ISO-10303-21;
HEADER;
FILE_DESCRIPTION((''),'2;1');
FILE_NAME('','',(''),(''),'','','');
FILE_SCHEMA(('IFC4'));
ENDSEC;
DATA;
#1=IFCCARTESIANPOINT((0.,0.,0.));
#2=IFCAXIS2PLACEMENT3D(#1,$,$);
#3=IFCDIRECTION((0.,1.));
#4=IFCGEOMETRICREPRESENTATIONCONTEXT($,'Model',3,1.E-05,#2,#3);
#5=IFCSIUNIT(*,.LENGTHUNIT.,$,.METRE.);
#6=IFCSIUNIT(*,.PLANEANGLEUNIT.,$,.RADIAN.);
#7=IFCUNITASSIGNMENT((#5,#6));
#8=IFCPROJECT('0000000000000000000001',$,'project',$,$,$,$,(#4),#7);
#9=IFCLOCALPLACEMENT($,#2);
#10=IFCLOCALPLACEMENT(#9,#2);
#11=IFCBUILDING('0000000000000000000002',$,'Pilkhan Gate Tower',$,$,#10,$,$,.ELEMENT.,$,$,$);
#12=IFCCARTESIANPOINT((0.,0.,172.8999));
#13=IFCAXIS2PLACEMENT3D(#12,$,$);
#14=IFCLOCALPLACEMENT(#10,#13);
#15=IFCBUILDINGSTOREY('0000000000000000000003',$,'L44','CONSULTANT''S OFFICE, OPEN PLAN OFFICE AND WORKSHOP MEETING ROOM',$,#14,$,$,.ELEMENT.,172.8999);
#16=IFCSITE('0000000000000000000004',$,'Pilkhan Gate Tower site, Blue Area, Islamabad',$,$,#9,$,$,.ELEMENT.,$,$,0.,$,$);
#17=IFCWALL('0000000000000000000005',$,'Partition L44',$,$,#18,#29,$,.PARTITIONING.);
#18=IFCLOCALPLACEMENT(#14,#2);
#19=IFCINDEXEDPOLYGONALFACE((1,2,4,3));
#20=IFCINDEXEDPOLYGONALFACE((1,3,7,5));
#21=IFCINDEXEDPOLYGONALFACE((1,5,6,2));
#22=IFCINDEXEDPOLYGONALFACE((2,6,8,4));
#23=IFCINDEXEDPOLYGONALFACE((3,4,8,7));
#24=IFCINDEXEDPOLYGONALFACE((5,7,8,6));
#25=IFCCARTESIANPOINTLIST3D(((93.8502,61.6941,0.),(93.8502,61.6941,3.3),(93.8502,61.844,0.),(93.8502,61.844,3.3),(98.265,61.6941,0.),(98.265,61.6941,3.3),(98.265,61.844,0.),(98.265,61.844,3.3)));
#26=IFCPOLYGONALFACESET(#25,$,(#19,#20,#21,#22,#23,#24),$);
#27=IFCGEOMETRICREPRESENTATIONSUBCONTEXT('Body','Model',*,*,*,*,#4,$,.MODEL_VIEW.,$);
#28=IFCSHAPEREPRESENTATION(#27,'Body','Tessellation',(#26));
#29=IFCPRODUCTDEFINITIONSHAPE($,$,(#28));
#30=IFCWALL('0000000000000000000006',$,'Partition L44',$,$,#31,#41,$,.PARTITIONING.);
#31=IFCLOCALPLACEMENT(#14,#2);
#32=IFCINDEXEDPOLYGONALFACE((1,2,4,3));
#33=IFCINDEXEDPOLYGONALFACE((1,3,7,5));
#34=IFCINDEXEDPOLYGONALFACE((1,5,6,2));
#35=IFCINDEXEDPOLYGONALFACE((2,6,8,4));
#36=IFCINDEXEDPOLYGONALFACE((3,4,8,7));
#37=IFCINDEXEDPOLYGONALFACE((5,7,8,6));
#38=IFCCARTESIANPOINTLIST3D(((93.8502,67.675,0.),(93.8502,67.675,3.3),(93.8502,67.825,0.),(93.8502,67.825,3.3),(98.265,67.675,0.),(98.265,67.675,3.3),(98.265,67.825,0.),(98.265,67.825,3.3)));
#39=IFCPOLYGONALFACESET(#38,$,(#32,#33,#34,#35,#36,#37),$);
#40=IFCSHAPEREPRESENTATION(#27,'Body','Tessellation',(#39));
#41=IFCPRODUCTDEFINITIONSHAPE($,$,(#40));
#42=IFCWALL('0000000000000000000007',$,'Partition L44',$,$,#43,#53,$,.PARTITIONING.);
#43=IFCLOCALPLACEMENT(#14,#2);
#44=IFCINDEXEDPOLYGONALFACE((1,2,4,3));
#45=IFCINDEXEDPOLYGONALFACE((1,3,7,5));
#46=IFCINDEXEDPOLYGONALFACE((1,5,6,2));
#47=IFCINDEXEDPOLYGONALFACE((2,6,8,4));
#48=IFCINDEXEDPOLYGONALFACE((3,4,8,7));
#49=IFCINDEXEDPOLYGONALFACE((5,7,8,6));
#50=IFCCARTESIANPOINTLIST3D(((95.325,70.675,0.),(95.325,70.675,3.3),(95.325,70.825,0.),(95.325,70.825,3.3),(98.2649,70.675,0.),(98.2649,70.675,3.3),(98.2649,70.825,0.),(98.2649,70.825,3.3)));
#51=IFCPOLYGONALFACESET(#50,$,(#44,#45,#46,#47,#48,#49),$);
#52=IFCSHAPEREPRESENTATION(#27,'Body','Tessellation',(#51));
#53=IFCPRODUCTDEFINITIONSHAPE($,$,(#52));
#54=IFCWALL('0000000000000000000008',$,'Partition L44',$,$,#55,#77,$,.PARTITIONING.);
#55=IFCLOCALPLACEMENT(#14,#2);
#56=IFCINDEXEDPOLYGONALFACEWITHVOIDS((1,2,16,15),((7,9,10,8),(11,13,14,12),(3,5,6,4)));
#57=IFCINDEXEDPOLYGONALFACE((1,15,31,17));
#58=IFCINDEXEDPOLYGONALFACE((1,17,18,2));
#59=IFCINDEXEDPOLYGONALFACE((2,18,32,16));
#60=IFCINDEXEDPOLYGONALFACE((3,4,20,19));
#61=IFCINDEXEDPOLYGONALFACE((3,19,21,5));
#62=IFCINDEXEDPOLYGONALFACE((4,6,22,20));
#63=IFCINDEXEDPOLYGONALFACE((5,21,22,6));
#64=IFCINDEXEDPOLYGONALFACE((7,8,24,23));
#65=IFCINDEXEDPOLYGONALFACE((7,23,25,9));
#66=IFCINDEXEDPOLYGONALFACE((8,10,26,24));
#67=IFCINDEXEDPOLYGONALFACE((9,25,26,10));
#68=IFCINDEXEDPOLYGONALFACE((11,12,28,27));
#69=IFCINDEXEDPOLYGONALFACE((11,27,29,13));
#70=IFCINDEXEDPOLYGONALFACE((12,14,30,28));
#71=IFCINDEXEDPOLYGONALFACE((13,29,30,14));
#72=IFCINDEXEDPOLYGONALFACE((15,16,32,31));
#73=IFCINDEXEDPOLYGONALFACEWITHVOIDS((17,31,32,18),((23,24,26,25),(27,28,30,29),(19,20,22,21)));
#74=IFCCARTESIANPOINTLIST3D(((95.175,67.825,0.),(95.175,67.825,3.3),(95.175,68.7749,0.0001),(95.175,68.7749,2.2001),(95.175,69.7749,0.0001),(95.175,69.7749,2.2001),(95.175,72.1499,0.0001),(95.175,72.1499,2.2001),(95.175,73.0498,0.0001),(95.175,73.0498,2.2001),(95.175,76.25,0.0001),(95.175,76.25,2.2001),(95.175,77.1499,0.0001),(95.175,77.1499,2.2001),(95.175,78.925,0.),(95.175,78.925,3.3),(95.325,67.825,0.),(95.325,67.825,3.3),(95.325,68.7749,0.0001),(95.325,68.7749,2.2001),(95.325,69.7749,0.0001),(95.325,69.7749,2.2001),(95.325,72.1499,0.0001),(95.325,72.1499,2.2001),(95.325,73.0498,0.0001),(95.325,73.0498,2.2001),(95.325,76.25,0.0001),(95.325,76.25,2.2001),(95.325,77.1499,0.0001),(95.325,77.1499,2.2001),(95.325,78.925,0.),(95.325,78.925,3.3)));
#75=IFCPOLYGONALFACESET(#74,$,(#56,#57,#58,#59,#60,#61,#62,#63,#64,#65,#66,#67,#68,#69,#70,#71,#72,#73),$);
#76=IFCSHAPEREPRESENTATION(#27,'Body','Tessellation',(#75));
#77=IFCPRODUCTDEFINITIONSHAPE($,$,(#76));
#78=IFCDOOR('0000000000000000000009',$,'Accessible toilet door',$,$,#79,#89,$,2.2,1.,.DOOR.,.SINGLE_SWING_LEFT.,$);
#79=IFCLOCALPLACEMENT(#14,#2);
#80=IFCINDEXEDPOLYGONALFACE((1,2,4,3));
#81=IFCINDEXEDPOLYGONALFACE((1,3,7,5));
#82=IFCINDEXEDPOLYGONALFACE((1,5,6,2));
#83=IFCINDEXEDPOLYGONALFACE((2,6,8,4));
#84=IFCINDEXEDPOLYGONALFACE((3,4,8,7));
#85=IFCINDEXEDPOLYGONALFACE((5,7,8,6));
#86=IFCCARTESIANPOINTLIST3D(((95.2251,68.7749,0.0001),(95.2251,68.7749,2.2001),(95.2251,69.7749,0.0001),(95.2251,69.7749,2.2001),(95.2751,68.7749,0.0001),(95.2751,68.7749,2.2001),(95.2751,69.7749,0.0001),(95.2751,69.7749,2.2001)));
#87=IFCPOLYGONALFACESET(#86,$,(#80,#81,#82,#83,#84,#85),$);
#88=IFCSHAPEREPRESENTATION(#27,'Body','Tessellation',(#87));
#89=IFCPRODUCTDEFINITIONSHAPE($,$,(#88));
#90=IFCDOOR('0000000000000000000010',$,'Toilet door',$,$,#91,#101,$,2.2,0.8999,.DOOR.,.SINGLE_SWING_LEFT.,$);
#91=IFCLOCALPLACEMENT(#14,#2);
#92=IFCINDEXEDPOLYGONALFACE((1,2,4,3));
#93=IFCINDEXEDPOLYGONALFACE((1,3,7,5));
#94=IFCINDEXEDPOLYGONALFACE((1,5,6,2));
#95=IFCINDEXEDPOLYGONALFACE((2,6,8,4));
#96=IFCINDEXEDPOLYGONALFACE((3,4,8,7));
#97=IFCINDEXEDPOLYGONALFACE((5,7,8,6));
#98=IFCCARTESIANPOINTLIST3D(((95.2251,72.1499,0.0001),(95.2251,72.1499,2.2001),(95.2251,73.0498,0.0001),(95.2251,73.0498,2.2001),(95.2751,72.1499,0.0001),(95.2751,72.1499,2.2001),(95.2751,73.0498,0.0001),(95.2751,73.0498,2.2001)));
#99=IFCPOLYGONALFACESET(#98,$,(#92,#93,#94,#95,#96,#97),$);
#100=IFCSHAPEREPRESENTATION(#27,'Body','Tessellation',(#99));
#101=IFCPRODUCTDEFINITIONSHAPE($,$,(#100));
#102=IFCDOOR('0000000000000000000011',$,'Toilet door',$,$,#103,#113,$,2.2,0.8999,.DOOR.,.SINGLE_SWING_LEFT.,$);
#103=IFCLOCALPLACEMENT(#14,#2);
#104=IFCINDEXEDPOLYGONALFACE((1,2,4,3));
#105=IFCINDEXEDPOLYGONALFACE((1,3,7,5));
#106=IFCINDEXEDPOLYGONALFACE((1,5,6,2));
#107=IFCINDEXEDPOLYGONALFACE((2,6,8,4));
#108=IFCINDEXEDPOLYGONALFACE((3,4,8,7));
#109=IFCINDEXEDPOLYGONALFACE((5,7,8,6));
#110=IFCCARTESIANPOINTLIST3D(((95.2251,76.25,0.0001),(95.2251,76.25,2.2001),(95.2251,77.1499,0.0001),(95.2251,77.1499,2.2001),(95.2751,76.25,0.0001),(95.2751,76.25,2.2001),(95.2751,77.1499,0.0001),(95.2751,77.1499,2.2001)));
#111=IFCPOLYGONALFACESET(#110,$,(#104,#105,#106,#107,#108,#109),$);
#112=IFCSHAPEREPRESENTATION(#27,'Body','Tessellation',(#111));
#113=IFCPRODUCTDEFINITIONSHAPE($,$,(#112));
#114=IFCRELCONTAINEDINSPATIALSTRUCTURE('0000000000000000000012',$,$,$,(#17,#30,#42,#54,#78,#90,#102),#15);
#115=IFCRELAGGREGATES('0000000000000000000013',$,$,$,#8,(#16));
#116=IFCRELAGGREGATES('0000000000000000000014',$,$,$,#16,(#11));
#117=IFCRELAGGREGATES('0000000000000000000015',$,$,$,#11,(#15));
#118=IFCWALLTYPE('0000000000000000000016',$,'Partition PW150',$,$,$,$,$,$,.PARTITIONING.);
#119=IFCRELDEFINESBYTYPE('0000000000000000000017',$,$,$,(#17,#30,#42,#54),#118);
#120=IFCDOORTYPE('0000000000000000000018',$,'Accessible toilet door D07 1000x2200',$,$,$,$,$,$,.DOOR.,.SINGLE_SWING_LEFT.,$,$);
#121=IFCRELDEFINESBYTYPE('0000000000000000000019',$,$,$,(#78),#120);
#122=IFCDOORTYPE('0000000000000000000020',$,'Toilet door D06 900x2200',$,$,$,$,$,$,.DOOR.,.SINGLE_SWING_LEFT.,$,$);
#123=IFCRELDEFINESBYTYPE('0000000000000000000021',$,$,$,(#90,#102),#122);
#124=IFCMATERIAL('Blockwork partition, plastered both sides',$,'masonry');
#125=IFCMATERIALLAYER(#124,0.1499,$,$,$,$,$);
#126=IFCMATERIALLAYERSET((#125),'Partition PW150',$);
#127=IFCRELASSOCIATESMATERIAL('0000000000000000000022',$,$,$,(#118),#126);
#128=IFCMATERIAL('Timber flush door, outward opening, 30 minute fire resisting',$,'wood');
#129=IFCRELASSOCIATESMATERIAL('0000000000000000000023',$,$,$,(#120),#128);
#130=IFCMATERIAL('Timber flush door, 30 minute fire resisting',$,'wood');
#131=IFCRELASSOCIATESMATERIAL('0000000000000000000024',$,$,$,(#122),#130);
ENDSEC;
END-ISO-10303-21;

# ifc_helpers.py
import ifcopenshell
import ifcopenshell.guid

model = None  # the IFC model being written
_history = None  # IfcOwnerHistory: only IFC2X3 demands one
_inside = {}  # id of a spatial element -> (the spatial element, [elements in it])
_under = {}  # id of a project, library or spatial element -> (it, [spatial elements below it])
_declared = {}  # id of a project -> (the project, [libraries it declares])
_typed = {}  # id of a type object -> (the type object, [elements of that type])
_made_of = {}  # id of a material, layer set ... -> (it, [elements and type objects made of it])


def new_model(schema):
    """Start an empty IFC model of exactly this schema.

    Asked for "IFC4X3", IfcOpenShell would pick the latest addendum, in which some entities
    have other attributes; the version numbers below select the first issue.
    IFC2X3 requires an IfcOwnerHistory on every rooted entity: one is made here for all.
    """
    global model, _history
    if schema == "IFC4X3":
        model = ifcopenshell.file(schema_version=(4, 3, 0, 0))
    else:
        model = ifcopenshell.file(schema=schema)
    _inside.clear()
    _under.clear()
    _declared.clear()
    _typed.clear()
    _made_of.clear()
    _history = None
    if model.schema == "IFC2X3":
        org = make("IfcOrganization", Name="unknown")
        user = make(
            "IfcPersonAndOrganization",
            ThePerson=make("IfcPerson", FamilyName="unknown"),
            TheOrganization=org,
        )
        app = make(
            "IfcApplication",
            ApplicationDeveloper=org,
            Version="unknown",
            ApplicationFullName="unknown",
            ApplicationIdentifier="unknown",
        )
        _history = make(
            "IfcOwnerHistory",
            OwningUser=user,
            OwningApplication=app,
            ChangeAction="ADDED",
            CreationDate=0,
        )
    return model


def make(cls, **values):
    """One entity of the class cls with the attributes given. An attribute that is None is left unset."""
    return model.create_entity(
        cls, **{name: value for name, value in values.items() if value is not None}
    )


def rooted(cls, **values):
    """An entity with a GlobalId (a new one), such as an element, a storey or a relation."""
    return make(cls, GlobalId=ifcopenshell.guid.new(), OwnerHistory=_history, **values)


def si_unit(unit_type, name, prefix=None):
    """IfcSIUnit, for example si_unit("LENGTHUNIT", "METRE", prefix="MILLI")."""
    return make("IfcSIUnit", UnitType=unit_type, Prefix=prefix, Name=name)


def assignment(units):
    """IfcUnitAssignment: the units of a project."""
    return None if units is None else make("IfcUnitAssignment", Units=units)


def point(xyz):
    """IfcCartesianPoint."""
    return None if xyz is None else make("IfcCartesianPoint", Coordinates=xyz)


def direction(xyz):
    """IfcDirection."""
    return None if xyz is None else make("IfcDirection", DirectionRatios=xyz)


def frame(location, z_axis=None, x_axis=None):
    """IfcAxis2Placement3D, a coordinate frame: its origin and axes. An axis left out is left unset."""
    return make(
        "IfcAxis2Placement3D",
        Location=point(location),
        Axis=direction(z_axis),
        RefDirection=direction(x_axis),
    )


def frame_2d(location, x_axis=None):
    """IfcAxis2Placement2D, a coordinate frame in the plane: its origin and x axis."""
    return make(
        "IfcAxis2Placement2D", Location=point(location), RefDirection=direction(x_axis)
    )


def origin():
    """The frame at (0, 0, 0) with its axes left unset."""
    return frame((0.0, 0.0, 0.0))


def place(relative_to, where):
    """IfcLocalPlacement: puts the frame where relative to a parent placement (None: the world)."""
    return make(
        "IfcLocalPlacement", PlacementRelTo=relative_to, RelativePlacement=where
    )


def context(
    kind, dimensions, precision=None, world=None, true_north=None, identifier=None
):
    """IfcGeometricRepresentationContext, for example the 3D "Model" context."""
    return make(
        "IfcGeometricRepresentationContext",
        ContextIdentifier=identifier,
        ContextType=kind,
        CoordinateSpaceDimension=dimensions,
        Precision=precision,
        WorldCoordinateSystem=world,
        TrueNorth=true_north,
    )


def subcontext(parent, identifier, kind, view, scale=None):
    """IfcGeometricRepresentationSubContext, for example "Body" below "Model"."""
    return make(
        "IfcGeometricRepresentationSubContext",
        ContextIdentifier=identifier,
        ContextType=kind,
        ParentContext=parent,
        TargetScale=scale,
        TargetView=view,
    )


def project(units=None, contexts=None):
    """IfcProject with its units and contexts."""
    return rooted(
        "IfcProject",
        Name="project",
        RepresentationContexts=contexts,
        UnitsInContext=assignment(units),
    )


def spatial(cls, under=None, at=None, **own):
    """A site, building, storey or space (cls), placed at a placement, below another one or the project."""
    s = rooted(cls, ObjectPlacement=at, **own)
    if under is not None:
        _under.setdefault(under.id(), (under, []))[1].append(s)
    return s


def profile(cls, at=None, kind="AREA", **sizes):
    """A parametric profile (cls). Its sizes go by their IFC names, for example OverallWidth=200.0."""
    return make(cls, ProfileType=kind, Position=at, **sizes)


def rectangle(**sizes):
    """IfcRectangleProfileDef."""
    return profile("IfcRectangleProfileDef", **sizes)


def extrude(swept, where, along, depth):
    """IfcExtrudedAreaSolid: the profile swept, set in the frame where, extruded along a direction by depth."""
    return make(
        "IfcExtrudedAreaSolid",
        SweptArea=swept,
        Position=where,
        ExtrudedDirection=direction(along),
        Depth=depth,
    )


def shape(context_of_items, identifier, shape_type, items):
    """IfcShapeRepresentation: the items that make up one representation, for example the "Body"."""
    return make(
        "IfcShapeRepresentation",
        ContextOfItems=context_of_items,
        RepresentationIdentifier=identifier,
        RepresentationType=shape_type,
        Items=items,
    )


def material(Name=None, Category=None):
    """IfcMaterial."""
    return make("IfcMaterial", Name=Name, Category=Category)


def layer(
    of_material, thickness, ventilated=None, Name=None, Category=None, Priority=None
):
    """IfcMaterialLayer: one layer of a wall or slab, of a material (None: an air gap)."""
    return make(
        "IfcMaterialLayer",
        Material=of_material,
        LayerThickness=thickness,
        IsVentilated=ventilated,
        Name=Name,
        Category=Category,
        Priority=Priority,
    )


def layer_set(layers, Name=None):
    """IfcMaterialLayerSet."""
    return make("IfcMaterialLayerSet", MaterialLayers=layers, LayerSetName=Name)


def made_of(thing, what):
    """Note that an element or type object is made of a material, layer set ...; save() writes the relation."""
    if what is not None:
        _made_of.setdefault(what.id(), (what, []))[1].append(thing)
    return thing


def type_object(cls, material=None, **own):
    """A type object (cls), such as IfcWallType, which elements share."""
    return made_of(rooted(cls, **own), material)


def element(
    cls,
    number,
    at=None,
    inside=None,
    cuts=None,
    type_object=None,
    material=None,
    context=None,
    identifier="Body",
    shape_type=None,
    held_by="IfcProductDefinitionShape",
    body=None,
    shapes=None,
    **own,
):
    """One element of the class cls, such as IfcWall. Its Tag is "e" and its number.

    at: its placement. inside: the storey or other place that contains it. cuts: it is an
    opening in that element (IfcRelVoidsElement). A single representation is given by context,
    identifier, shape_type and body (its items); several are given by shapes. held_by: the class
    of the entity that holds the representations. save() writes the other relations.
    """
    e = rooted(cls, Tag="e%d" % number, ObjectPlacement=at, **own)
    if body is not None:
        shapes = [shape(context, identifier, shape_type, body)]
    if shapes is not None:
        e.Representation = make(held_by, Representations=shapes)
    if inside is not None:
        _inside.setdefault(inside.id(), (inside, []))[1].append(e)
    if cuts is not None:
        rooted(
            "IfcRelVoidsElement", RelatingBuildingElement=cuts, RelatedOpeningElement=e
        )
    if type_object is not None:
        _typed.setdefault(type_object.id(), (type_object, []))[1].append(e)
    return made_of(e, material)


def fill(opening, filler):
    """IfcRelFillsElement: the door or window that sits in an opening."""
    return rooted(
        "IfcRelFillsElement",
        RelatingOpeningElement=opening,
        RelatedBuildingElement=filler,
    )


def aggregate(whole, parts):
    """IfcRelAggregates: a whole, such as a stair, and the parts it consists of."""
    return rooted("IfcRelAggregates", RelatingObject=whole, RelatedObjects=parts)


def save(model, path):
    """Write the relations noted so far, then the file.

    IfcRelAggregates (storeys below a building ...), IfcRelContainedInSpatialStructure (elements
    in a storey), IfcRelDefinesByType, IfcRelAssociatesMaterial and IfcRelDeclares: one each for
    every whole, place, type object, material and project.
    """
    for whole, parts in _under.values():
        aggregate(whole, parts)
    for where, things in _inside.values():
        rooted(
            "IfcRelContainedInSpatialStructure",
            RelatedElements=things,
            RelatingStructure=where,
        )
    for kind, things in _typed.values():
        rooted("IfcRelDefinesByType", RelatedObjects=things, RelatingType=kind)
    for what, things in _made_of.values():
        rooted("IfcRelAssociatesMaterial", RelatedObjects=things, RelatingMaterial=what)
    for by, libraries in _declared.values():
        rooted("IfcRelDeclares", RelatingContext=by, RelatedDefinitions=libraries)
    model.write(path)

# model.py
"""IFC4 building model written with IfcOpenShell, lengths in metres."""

from ifc_helpers import new_model, si_unit, direction, frame, frame_2d, origin, place, context, subcontext, project, spatial, rectangle, extrude, material, layer, layer_set, type_object, element, fill, save


model = new_model("IFC4")

# Units and contexts
model_context = context("Model", 3, precision=1e-05, world=origin(), true_north=direction((0.0, 1.0)))
body_context = subcontext(model_context, "Body", "Model", "MODEL_VIEW")
ifc_project = project(units=[si_unit("LENGTHUNIT", "METRE"), si_unit("PLANEANGLEUNIT", "RADIAN")], contexts=[model_context])

# Site, building, storey
site_placement = place(None, origin())
site = spatial("IfcSite", under=ifc_project, at=site_placement, Name="Pilkhan Gate Tower site, Blue Area, Islamabad", CompositionType="ELEMENT", RefElevation=0.0)
building_placement = place(site_placement, origin())
building = spatial("IfcBuilding", under=site, at=building_placement, Name="Pilkhan Gate Tower", CompositionType="ELEMENT")
storey_placement = place(building_placement, frame((0.0, 0.0, 172.8999)))
storey = spatial("IfcBuildingStorey", under=building, at=storey_placement, Name="L44", Description="CONSULTANT'S OFFICE, OPEN PLAN OFFICE AND WORKSHOP MEETING ROOM", CompositionType="ELEMENT", Elevation=172.8999)

# Walls
ifc_material_1 = material(Name="Blockwork partition, plastered both sides", Category="masonry")
ifc_layer_1 = layer(ifc_material_1, 0.1499)
ifc_layer_set_1 = layer_set([ifc_layer_1], Name="Partition PW150")
wall_type = type_object("IfcWallType", Name="Partition PW150", PredefinedType="PARTITIONING", material=ifc_layer_set_1)
for number, where, z_axis, x_axis, name in (
    (1, (93.8501, 61.769, 0.0), (0.0, 0.0, 1.0), (1.0, 0.0, 0.0), "Partition L44"),
    (2, (93.8501, 67.75, 0.0), (0.0, 0.0, 1.0), (1.0, 0.0, 0.0), "Partition L44"),
):
    element("IfcWall", number, at=place(storey_placement, frame(where, z_axis=z_axis, x_axis=x_axis)), inside=storey, type_object=wall_type, Name=name, PredefinedType="PARTITIONING", context=body_context, shape_type="SweptSolid", body=[
        extrude(rectangle(XDim=4.4148, YDim=0.1499, at=frame_2d((2.2075, 0.0))), origin(), (0.0, 0.0, 1.0), 3.3),
    ])
wall_1_placement = place(storey_placement, frame((95.325, 70.75, 0.0), z_axis=(0.0, 0.0, 1.0), x_axis=(1.0, 0.0, 0.0)))
element("IfcWall", 3, at=wall_1_placement, inside=storey, type_object=wall_type, Name="Partition L44", PredefinedType="PARTITIONING", context=body_context, shape_type="SweptSolid", body=[
    extrude(rectangle(XDim=2.9399, YDim=0.1499, at=frame_2d((1.47, 0.0))), origin(), (0.0, 0.0, 1.0), 3.3),
])

# Wall, openings, doors
wall_2_placement = place(storey_placement, frame((95.25, 67.825, 0.0), z_axis=(0.0, 0.0, 1.0), x_axis=(0.0, 1.0, 0.0)))
wall_2 = element("IfcWall", 4, at=wall_2_placement, inside=storey, type_object=wall_type, Name="Partition L44", PredefinedType="PARTITIONING", context=body_context, shape_type="SweptSolid", body=[
    extrude(rectangle(XDim=11.1001, YDim=0.1499, at=frame_2d((5.55, 0.0))), origin(), (0.0, 0.0, 1.0), 3.3),
])
opening_1_placement = place(wall_2_placement, frame((0.95, 0.0, 0.0)))
opening_1 = element("IfcOpeningElement", 5, at=opening_1_placement, cuts=wall_2, PredefinedType="OPENING", context=body_context, shape_type="SweptSolid", body=[
    extrude(rectangle(XDim=1.0, YDim=2.2, at=frame_2d((0.5, 1.1001))), frame((0.0, 0.085, 0.0), z_axis=(0.0, -1.0, 0.0), x_axis=(1.0, 0.0, 0.0)), (0.0, 0.0, 1.0), 0.1699),
])
opening_2_placement = place(wall_2_placement, frame((4.325, 0.0, 0.0)))
opening_2 = element("IfcOpeningElement", 6, at=opening_2_placement, cuts=wall_2, PredefinedType="OPENING", context=body_context, shape_type="SweptSolid", body=[
    extrude(rectangle(XDim=0.8999, YDim=2.2, at=frame_2d((0.45, 1.1001))), frame((0.0, 0.085, 0.0), z_axis=(0.0, -1.0, 0.0), x_axis=(1.0, 0.0, 0.0)), (0.0, 0.0, 1.0), 0.1699),
])
opening_3_placement = place(wall_2_placement, frame((8.425, 0.0, 0.0)))
opening_3 = element("IfcOpeningElement", 7, at=opening_3_placement, cuts=wall_2, PredefinedType="OPENING", context=body_context, shape_type="SweptSolid", body=[
    extrude(rectangle(XDim=0.8999, YDim=2.2, at=frame_2d((0.45, 1.1001))), frame((0.0, 0.085, 0.0), z_axis=(0.0, -1.0, 0.0), x_axis=(1.0, 0.0, 0.0)), (0.0, 0.0, 1.0), 0.1699),
])
ifc_material_2 = material(Name="Timber flush door, outward opening, 30 minute fire resisting", Category="wood")
door_type_1 = type_object("IfcDoorType", Name="Accessible toilet door D07 1000x2200", OperationType="SINGLE_SWING_LEFT", PredefinedType="DOOR", material=ifc_material_2)
door_1_placement = place(opening_1_placement, origin())
door_1 = element("IfcDoor", 8, at=door_1_placement, inside=storey, type_object=door_type_1, Name="Accessible toilet door", OperationType="SINGLE_SWING_LEFT", OverallHeight=2.2, OverallWidth=1.0, PredefinedType="DOOR", context=body_context, shape_type="SweptSolid", body=[
    extrude(rectangle(XDim=1.0, YDim=2.2, at=frame_2d((0.5, 1.1001))), frame((0.0, 0.0249, 0.0), z_axis=(0.0, -1.0, 0.0), x_axis=(1.0, 0.0, 0.0)), (0.0, 0.0, 1.0), 0.05),
])
fill(opening_1, door_1)
ifc_material_3 = material(Name="Timber flush door, 30 minute fire resisting", Category="wood")
door_type_2 = type_object("IfcDoorType", Name="Toilet door D06 900x2200", OperationType="SINGLE_SWING_LEFT", PredefinedType="DOOR", material=ifc_material_3)
door_2_placement = place(opening_2_placement, origin())
door_2 = element("IfcDoor", 9, at=door_2_placement, inside=storey, type_object=door_type_2, Name="Toilet door", OperationType="SINGLE_SWING_LEFT", OverallHeight=2.2, OverallWidth=0.8999, PredefinedType="DOOR", context=body_context, shape_type="SweptSolid", body=[
    extrude(rectangle(XDim=0.8999, YDim=2.2, at=frame_2d((0.45, 1.1001))), frame((0.0, 0.0249, 0.0), z_axis=(0.0, -1.0, 0.0), x_axis=(1.0, 0.0, 0.0)), (0.0, 0.0, 1.0), 0.05),
])
fill(opening_2, door_2)
door_3_placement = place(opening_3_placement, origin())
door_3 = element("IfcDoor", 10, at=door_3_placement, inside=storey, type_object=door_type_2, Name="Toilet door", OperationType="SINGLE_SWING_LEFT", OverallHeight=2.2, OverallWidth=0.8999, PredefinedType="DOOR", context=body_context, shape_type="SweptSolid", body=[
    extrude(rectangle(XDim=0.8999, YDim=2.2, at=frame_2d((0.45, 1.1001))), frame((0.0, 0.0249, 0.0), z_axis=(0.0, -1.0, 0.0), x_axis=(1.0, 0.0, 0.0)), (0.0, 0.0, 1.0), 0.05),
])
fill(opening_3, door_3)

save(model, "model.ifc")
